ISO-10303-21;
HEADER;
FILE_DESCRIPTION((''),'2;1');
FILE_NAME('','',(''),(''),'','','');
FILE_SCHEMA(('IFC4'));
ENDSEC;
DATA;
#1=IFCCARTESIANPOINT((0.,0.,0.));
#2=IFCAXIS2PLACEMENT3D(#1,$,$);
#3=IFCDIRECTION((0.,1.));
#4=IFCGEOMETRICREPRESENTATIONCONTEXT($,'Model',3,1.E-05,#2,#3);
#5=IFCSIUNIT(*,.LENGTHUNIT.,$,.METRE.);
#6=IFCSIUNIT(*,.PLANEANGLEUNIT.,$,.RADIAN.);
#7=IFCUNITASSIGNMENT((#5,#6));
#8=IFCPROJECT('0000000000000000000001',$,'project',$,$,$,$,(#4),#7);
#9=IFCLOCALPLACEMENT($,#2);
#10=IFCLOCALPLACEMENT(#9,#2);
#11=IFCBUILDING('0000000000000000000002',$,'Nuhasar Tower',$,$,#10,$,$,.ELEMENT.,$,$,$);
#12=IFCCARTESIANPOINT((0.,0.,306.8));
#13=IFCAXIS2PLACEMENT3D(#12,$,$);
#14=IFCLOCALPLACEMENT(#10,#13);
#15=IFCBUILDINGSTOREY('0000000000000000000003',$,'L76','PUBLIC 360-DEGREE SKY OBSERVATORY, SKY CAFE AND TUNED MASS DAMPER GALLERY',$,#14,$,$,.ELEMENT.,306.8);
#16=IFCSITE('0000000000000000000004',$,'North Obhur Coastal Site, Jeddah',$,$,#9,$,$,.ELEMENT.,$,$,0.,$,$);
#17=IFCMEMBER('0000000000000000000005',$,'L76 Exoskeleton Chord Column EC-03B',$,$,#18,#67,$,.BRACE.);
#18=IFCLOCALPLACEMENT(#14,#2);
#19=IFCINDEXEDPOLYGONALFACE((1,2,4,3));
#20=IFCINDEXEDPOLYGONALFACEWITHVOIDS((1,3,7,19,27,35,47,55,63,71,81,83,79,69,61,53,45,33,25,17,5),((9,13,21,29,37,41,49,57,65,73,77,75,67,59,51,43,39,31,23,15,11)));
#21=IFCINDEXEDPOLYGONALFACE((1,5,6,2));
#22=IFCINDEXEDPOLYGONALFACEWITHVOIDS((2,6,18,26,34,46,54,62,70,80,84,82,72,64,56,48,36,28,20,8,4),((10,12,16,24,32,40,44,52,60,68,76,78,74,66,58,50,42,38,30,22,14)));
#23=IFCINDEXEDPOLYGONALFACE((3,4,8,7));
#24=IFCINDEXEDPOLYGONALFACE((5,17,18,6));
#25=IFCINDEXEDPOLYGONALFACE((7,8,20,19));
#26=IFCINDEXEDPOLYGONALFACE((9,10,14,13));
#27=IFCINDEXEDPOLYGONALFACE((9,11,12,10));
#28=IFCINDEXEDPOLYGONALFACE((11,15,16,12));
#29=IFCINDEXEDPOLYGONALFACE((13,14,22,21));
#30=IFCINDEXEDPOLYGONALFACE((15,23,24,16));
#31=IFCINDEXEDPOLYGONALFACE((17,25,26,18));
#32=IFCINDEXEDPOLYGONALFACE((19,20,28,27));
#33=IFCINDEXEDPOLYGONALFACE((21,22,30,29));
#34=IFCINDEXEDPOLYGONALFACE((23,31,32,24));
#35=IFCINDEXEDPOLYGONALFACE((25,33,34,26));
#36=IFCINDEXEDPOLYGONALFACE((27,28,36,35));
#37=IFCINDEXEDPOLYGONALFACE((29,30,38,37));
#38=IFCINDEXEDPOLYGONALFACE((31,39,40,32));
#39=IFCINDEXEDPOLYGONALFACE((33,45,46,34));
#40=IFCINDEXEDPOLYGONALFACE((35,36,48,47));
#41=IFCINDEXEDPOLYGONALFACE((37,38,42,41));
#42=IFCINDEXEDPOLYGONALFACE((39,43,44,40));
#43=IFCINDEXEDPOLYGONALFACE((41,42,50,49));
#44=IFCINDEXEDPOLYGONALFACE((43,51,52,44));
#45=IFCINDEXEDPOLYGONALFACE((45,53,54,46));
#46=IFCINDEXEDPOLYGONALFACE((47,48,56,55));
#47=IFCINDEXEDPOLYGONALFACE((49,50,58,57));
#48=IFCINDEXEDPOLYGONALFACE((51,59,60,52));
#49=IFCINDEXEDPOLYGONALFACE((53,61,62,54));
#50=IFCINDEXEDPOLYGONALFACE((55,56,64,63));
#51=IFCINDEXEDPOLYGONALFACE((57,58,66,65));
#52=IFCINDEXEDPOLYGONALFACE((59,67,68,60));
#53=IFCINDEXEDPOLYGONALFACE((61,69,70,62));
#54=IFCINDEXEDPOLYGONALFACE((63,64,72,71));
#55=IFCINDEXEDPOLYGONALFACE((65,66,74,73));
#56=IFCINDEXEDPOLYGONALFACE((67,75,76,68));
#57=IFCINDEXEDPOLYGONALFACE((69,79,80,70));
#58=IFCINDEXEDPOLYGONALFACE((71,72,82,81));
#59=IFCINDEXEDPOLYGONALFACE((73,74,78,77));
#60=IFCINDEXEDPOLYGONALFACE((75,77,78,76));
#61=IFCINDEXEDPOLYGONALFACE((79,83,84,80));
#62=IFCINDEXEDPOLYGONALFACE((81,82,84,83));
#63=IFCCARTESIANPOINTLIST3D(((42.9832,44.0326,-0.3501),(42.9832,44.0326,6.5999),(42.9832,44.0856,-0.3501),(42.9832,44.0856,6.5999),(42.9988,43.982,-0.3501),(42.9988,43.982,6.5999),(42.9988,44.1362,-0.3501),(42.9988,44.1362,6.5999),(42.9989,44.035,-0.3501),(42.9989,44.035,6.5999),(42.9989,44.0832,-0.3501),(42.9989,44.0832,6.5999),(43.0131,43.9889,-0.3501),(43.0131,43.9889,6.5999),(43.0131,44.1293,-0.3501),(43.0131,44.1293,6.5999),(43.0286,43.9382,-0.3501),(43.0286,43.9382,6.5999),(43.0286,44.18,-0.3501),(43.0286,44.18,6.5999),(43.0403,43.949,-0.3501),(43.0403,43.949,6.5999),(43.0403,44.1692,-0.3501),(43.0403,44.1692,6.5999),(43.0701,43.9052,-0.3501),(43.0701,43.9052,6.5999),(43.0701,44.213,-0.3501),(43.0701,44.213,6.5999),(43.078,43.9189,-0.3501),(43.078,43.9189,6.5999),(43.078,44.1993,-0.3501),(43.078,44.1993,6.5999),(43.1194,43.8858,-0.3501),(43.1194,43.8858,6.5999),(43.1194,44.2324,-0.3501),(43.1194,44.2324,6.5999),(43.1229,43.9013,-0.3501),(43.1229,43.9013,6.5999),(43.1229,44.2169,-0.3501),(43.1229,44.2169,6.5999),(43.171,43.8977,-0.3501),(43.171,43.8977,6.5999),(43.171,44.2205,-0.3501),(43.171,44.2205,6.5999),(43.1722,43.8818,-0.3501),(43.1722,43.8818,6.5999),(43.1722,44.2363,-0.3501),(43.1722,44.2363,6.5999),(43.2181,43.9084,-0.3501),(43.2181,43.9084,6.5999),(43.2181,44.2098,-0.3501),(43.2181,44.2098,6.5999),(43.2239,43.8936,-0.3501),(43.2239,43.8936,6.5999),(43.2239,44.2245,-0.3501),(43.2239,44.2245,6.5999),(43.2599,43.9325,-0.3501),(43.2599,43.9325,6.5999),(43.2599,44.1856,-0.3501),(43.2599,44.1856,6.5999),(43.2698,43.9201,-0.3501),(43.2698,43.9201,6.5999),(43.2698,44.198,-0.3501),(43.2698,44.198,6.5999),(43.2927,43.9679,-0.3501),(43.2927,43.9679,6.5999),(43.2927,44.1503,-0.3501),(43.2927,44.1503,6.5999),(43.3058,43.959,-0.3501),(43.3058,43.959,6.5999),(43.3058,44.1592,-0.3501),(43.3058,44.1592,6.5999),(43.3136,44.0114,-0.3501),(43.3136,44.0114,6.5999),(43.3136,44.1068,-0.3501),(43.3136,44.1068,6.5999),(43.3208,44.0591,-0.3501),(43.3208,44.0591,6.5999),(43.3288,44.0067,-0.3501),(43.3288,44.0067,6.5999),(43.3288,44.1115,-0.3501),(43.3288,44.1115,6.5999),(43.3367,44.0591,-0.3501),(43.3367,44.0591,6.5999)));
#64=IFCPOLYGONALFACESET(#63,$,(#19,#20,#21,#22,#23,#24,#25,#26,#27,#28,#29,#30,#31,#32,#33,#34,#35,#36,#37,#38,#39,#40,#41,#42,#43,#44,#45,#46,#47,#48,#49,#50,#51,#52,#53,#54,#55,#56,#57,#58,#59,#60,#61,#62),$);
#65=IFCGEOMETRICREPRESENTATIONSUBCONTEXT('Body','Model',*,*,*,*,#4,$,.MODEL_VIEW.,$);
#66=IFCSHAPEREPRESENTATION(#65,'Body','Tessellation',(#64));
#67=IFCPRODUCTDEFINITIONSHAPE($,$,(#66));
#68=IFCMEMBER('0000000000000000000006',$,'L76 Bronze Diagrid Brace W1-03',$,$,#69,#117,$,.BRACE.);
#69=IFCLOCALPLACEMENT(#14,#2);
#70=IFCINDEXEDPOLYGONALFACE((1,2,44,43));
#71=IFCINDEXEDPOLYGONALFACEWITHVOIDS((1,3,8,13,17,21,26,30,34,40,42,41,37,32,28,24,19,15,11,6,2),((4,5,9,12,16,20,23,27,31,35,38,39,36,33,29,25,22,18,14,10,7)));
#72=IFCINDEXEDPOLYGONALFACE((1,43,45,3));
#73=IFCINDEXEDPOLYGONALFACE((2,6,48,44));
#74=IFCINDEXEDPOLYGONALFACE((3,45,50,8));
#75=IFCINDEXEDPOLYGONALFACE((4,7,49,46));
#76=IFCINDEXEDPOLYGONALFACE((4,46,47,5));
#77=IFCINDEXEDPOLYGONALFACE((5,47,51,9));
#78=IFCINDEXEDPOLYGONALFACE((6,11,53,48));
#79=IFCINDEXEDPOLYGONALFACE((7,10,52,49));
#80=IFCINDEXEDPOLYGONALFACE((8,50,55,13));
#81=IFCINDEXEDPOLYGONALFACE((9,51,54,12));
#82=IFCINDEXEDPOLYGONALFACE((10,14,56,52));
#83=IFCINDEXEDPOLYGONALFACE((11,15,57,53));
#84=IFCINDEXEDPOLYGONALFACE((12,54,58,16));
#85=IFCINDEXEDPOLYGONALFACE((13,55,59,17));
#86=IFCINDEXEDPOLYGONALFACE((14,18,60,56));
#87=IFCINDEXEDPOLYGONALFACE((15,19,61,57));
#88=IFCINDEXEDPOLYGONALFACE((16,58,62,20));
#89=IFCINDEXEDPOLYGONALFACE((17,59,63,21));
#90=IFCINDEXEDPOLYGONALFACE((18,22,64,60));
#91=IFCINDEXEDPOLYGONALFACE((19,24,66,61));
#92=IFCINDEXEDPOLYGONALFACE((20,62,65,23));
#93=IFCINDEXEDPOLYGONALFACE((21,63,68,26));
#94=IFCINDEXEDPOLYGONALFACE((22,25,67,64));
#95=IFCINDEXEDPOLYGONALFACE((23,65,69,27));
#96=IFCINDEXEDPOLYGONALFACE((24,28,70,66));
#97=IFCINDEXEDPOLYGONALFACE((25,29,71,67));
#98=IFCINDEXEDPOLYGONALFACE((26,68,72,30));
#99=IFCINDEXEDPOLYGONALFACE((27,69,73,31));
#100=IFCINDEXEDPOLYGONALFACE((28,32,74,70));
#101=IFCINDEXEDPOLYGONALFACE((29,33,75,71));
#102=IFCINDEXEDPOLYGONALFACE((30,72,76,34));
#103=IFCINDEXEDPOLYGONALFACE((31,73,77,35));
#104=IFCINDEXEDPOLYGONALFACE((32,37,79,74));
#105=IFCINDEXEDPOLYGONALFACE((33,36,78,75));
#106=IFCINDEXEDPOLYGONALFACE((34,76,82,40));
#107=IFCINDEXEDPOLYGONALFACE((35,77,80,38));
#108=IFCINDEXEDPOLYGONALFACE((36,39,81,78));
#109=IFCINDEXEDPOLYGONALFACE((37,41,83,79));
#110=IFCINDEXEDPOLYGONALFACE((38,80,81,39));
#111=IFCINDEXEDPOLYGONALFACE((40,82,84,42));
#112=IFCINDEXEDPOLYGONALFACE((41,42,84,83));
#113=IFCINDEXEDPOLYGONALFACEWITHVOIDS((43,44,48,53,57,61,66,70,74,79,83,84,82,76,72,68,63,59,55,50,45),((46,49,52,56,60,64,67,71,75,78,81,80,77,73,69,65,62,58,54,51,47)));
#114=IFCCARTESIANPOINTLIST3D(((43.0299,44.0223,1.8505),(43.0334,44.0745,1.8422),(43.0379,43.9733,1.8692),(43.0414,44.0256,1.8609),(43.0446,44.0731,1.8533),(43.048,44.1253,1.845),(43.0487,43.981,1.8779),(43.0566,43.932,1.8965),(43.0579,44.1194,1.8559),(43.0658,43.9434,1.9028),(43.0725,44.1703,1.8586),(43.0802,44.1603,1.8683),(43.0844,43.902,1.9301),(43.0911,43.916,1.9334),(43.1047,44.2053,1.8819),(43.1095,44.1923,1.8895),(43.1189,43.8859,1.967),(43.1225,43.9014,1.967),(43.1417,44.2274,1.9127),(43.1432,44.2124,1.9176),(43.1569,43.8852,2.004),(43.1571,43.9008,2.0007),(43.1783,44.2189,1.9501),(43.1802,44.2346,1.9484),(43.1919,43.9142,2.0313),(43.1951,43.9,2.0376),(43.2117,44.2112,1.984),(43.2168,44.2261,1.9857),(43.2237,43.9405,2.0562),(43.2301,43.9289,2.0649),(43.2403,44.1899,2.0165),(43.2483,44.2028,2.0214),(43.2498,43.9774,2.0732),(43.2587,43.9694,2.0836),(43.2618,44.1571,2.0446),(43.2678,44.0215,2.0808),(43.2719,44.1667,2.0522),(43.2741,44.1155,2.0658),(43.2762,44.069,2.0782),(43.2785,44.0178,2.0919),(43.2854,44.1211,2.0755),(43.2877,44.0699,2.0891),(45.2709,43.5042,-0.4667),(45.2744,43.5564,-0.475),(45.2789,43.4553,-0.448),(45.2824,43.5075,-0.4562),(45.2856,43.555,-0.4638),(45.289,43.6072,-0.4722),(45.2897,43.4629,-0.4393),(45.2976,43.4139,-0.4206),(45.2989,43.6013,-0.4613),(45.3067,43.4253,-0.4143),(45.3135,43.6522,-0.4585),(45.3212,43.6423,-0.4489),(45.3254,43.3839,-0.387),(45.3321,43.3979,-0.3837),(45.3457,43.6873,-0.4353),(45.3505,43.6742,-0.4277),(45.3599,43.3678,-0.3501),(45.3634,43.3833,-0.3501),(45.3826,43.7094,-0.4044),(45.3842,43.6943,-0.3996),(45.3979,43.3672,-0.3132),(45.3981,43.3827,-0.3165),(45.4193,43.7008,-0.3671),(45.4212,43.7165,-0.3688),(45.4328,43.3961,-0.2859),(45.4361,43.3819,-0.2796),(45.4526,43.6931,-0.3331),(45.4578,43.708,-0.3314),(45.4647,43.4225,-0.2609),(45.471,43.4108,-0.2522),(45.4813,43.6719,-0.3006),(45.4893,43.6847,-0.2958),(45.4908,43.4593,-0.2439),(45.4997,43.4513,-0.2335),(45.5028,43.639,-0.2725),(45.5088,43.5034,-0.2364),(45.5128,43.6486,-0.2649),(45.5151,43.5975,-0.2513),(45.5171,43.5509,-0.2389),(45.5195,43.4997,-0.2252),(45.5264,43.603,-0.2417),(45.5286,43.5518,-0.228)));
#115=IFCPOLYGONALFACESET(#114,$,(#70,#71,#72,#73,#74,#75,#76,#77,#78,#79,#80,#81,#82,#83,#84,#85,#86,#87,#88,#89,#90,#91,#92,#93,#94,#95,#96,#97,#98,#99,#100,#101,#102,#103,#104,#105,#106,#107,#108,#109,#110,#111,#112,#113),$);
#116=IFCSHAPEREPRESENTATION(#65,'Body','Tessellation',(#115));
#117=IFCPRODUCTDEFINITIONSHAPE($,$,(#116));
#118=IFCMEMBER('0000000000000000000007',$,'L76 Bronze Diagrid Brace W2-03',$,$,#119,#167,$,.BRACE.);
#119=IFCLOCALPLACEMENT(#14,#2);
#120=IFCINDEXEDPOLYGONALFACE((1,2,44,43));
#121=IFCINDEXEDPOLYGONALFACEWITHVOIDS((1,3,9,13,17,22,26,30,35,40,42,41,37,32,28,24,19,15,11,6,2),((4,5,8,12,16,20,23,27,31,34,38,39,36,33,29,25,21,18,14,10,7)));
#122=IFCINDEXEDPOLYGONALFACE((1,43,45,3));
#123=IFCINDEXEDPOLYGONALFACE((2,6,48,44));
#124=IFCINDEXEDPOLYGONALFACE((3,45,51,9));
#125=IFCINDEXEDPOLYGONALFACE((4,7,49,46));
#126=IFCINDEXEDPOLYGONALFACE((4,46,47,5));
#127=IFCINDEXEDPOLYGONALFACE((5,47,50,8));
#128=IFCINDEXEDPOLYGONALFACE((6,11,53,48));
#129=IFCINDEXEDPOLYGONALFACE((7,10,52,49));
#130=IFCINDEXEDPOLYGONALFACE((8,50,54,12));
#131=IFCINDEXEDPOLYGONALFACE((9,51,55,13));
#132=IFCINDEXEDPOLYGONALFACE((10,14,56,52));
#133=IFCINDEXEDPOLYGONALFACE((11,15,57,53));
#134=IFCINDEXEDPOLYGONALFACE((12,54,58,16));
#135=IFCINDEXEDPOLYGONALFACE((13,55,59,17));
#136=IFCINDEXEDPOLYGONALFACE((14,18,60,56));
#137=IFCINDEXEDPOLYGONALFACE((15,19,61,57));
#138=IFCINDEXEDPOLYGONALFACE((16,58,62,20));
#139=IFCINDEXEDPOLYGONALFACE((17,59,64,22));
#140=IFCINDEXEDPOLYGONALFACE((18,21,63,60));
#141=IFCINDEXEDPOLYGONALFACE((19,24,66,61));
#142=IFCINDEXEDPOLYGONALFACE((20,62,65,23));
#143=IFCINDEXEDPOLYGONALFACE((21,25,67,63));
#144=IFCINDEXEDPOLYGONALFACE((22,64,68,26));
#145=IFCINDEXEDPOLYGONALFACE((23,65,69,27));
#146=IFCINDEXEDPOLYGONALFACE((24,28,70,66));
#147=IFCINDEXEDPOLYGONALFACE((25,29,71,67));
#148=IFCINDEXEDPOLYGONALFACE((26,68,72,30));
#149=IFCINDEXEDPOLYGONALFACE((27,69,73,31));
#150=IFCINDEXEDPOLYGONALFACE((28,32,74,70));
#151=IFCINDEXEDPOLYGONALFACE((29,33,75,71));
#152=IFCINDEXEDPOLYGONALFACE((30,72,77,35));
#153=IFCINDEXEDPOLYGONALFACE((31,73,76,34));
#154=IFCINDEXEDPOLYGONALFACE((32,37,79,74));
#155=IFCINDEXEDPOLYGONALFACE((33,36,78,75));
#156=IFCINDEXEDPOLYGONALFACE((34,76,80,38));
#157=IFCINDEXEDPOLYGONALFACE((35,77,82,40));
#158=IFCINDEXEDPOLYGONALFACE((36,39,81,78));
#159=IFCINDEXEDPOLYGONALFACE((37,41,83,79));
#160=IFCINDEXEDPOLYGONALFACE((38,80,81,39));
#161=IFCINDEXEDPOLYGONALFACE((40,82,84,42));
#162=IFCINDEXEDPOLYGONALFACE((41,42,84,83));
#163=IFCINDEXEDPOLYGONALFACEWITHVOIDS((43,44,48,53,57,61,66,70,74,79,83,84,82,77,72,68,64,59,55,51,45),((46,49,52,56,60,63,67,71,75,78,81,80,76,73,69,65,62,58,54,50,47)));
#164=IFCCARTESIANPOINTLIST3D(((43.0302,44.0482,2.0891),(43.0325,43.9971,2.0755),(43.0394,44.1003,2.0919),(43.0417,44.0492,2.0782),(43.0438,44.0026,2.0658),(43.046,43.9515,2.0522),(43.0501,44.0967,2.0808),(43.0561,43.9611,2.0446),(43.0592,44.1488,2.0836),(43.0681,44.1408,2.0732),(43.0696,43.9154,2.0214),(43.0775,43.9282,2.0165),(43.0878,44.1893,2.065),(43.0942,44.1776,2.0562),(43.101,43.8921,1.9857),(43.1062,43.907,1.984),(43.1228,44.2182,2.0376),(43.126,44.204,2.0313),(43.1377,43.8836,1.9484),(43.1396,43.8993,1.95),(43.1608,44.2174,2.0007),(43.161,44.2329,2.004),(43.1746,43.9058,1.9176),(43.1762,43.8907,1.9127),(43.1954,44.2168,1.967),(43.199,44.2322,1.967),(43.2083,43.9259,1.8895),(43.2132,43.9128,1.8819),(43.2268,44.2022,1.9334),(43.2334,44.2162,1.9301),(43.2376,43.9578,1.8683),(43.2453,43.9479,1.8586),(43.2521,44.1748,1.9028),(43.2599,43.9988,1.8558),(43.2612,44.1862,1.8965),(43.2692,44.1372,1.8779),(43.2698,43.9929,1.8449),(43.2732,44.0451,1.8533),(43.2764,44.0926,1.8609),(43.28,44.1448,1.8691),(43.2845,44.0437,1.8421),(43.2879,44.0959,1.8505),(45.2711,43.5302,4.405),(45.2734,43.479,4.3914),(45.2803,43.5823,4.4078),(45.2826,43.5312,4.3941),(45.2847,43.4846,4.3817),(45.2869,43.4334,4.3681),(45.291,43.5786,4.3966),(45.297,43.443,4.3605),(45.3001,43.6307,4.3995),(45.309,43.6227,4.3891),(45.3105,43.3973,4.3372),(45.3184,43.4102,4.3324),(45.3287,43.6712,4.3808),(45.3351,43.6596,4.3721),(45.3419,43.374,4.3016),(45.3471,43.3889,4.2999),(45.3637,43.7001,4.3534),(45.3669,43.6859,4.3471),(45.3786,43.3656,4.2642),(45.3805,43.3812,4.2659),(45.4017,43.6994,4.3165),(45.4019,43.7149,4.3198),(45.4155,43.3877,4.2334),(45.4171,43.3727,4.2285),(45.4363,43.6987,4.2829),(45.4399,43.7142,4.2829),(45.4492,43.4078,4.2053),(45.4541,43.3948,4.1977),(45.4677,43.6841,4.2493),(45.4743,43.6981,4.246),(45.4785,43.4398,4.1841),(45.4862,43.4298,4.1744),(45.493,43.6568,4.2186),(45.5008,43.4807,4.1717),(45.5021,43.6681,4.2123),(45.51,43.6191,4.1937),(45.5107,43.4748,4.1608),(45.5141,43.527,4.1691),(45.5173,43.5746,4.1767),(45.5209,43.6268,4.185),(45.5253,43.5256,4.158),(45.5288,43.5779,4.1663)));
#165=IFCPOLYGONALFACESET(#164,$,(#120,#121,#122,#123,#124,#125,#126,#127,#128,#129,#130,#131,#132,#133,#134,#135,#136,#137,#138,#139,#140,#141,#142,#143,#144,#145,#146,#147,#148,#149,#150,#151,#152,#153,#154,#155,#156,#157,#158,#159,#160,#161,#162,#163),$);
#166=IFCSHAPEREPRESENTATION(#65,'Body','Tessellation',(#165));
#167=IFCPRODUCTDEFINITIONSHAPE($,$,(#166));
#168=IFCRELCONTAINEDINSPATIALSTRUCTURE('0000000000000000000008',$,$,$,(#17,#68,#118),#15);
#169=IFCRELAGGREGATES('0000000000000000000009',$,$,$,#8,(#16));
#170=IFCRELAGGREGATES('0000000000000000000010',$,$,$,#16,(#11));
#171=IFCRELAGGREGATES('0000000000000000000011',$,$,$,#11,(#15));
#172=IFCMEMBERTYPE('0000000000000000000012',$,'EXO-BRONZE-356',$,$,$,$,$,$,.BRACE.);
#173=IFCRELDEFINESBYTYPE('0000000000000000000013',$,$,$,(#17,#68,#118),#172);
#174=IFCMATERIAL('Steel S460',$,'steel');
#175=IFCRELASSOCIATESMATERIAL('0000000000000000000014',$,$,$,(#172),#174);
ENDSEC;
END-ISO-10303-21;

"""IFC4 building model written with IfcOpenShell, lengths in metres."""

from ifc_helpers import new_model, si_unit, direction, frame, origin, origin_2d, place, context, subcontext, project, spatial, hollow_circle, extrude, material, material_profile, profile_set, type_object, element, save


model = new_model("IFC4")

# Units and contexts
model_context = context("Model", 3, precision=1e-05, world=origin(), true_north=direction((0.0, 1.0)))
body_context = subcontext(model_context, "Body", "Model", "MODEL_VIEW")
ifc_project = project(units=[si_unit("LENGTHUNIT", "METRE"), si_unit("PLANEANGLEUNIT", "RADIAN")], contexts=[model_context])

# Site, building, storey
site_placement = place(None, origin())
site = spatial("IfcSite", under=ifc_project, at=site_placement, Name="North Obhur Coastal Site, Jeddah", CompositionType="ELEMENT", RefElevation=0.0)
building_placement = place(site_placement, origin())
building = spatial("IfcBuilding", under=site, at=building_placement, Name="Nuhasar Tower", CompositionType="ELEMENT")
storey_placement = place(building_placement, frame((0.0, 0.0, 306.8)))
storey = spatial("IfcBuildingStorey", under=building, at=storey_placement, Name="L76", Description="PUBLIC 360-DEGREE SKY OBSERVATORY, SKY CAFE AND TUNED MASS DAMPER GALLERY", CompositionType="ELEMENT", Elevation=306.8)

# Shared definitions
ifc_material_1 = material(Name="Steel S460", Category="steel")

# Members
ifc_material_profile_1 = material_profile(ifc_material_1, hollow_circle(Radius=0.1777, WallThickness=0.0159, at=origin_2d()), Name="HSS355.6X15.9")
ifc_profile_set_1 = profile_set([ifc_material_profile_1], Name="Steel S460")
member_type_1 = type_object("IfcMemberType", Name="EXO-BRONZE-356", PredefinedType="BRACE", material=ifc_profile_set_1)
for number, where, z_axis, x_axis, name in (
    (1, (43.1589, 44.0591, -0.3501), (0.0, 0.0, 1.0), (1.0, 0.0, 0.0), "L76 Exoskeleton Chord Column EC-03B"),
):
    element("IfcMember", number, at=place(storey_placement, frame(where, z_axis=z_axis, x_axis=x_axis)), inside=storey, type_object=member_type_1, Name=name, PredefinedType="BRACE", context=body_context, shape_type="SweptSolid", body=[
        extrude(hollow_circle(Radius=0.1777, WallThickness=0.0159, at=origin_2d()), origin(), (0.0, 0.0, 1.0), 6.95),
    ])
member_1_placement = place(storey_placement, frame((45.3999, 43.541, -0.3501), z_axis=(-0.686385, 0.158678, 0.709716), x_axis=(-0.225239, -0.974303, 0.0)))
element("IfcMember", 2, at=member_1_placement, inside=storey, type_object=member_type_1, Name="L76 Bronze Diagrid Brace W1-03", PredefinedType="BRACE", context=body_context, shape_type="SweptSolid", body=[
    extrude(hollow_circle(Radius=0.1777, WallThickness=0.0159, at=origin_2d()), origin(), (0.0, 0.0, 1.0), 3.2649),
])
member_2_placement = place(storey_placement, frame((43.1589, 44.0591, 1.967), z_axis=(0.686567, -0.158721, 0.70953), x_axis=(0.225239, 0.974303, 0.0)))
element("IfcMember", 3, at=member_2_placement, inside=storey, type_object=member_type_1, Name="L76 Bronze Diagrid Brace W2-03", PredefinedType="BRACE", context=body_context, shape_type="SweptSolid", body=[
    extrude(hollow_circle(Radius=0.1777, WallThickness=0.0159, at=origin_2d()), origin(), (0.0, 0.0, 1.0), 3.2639),
])

save(model, "model.ifc")
